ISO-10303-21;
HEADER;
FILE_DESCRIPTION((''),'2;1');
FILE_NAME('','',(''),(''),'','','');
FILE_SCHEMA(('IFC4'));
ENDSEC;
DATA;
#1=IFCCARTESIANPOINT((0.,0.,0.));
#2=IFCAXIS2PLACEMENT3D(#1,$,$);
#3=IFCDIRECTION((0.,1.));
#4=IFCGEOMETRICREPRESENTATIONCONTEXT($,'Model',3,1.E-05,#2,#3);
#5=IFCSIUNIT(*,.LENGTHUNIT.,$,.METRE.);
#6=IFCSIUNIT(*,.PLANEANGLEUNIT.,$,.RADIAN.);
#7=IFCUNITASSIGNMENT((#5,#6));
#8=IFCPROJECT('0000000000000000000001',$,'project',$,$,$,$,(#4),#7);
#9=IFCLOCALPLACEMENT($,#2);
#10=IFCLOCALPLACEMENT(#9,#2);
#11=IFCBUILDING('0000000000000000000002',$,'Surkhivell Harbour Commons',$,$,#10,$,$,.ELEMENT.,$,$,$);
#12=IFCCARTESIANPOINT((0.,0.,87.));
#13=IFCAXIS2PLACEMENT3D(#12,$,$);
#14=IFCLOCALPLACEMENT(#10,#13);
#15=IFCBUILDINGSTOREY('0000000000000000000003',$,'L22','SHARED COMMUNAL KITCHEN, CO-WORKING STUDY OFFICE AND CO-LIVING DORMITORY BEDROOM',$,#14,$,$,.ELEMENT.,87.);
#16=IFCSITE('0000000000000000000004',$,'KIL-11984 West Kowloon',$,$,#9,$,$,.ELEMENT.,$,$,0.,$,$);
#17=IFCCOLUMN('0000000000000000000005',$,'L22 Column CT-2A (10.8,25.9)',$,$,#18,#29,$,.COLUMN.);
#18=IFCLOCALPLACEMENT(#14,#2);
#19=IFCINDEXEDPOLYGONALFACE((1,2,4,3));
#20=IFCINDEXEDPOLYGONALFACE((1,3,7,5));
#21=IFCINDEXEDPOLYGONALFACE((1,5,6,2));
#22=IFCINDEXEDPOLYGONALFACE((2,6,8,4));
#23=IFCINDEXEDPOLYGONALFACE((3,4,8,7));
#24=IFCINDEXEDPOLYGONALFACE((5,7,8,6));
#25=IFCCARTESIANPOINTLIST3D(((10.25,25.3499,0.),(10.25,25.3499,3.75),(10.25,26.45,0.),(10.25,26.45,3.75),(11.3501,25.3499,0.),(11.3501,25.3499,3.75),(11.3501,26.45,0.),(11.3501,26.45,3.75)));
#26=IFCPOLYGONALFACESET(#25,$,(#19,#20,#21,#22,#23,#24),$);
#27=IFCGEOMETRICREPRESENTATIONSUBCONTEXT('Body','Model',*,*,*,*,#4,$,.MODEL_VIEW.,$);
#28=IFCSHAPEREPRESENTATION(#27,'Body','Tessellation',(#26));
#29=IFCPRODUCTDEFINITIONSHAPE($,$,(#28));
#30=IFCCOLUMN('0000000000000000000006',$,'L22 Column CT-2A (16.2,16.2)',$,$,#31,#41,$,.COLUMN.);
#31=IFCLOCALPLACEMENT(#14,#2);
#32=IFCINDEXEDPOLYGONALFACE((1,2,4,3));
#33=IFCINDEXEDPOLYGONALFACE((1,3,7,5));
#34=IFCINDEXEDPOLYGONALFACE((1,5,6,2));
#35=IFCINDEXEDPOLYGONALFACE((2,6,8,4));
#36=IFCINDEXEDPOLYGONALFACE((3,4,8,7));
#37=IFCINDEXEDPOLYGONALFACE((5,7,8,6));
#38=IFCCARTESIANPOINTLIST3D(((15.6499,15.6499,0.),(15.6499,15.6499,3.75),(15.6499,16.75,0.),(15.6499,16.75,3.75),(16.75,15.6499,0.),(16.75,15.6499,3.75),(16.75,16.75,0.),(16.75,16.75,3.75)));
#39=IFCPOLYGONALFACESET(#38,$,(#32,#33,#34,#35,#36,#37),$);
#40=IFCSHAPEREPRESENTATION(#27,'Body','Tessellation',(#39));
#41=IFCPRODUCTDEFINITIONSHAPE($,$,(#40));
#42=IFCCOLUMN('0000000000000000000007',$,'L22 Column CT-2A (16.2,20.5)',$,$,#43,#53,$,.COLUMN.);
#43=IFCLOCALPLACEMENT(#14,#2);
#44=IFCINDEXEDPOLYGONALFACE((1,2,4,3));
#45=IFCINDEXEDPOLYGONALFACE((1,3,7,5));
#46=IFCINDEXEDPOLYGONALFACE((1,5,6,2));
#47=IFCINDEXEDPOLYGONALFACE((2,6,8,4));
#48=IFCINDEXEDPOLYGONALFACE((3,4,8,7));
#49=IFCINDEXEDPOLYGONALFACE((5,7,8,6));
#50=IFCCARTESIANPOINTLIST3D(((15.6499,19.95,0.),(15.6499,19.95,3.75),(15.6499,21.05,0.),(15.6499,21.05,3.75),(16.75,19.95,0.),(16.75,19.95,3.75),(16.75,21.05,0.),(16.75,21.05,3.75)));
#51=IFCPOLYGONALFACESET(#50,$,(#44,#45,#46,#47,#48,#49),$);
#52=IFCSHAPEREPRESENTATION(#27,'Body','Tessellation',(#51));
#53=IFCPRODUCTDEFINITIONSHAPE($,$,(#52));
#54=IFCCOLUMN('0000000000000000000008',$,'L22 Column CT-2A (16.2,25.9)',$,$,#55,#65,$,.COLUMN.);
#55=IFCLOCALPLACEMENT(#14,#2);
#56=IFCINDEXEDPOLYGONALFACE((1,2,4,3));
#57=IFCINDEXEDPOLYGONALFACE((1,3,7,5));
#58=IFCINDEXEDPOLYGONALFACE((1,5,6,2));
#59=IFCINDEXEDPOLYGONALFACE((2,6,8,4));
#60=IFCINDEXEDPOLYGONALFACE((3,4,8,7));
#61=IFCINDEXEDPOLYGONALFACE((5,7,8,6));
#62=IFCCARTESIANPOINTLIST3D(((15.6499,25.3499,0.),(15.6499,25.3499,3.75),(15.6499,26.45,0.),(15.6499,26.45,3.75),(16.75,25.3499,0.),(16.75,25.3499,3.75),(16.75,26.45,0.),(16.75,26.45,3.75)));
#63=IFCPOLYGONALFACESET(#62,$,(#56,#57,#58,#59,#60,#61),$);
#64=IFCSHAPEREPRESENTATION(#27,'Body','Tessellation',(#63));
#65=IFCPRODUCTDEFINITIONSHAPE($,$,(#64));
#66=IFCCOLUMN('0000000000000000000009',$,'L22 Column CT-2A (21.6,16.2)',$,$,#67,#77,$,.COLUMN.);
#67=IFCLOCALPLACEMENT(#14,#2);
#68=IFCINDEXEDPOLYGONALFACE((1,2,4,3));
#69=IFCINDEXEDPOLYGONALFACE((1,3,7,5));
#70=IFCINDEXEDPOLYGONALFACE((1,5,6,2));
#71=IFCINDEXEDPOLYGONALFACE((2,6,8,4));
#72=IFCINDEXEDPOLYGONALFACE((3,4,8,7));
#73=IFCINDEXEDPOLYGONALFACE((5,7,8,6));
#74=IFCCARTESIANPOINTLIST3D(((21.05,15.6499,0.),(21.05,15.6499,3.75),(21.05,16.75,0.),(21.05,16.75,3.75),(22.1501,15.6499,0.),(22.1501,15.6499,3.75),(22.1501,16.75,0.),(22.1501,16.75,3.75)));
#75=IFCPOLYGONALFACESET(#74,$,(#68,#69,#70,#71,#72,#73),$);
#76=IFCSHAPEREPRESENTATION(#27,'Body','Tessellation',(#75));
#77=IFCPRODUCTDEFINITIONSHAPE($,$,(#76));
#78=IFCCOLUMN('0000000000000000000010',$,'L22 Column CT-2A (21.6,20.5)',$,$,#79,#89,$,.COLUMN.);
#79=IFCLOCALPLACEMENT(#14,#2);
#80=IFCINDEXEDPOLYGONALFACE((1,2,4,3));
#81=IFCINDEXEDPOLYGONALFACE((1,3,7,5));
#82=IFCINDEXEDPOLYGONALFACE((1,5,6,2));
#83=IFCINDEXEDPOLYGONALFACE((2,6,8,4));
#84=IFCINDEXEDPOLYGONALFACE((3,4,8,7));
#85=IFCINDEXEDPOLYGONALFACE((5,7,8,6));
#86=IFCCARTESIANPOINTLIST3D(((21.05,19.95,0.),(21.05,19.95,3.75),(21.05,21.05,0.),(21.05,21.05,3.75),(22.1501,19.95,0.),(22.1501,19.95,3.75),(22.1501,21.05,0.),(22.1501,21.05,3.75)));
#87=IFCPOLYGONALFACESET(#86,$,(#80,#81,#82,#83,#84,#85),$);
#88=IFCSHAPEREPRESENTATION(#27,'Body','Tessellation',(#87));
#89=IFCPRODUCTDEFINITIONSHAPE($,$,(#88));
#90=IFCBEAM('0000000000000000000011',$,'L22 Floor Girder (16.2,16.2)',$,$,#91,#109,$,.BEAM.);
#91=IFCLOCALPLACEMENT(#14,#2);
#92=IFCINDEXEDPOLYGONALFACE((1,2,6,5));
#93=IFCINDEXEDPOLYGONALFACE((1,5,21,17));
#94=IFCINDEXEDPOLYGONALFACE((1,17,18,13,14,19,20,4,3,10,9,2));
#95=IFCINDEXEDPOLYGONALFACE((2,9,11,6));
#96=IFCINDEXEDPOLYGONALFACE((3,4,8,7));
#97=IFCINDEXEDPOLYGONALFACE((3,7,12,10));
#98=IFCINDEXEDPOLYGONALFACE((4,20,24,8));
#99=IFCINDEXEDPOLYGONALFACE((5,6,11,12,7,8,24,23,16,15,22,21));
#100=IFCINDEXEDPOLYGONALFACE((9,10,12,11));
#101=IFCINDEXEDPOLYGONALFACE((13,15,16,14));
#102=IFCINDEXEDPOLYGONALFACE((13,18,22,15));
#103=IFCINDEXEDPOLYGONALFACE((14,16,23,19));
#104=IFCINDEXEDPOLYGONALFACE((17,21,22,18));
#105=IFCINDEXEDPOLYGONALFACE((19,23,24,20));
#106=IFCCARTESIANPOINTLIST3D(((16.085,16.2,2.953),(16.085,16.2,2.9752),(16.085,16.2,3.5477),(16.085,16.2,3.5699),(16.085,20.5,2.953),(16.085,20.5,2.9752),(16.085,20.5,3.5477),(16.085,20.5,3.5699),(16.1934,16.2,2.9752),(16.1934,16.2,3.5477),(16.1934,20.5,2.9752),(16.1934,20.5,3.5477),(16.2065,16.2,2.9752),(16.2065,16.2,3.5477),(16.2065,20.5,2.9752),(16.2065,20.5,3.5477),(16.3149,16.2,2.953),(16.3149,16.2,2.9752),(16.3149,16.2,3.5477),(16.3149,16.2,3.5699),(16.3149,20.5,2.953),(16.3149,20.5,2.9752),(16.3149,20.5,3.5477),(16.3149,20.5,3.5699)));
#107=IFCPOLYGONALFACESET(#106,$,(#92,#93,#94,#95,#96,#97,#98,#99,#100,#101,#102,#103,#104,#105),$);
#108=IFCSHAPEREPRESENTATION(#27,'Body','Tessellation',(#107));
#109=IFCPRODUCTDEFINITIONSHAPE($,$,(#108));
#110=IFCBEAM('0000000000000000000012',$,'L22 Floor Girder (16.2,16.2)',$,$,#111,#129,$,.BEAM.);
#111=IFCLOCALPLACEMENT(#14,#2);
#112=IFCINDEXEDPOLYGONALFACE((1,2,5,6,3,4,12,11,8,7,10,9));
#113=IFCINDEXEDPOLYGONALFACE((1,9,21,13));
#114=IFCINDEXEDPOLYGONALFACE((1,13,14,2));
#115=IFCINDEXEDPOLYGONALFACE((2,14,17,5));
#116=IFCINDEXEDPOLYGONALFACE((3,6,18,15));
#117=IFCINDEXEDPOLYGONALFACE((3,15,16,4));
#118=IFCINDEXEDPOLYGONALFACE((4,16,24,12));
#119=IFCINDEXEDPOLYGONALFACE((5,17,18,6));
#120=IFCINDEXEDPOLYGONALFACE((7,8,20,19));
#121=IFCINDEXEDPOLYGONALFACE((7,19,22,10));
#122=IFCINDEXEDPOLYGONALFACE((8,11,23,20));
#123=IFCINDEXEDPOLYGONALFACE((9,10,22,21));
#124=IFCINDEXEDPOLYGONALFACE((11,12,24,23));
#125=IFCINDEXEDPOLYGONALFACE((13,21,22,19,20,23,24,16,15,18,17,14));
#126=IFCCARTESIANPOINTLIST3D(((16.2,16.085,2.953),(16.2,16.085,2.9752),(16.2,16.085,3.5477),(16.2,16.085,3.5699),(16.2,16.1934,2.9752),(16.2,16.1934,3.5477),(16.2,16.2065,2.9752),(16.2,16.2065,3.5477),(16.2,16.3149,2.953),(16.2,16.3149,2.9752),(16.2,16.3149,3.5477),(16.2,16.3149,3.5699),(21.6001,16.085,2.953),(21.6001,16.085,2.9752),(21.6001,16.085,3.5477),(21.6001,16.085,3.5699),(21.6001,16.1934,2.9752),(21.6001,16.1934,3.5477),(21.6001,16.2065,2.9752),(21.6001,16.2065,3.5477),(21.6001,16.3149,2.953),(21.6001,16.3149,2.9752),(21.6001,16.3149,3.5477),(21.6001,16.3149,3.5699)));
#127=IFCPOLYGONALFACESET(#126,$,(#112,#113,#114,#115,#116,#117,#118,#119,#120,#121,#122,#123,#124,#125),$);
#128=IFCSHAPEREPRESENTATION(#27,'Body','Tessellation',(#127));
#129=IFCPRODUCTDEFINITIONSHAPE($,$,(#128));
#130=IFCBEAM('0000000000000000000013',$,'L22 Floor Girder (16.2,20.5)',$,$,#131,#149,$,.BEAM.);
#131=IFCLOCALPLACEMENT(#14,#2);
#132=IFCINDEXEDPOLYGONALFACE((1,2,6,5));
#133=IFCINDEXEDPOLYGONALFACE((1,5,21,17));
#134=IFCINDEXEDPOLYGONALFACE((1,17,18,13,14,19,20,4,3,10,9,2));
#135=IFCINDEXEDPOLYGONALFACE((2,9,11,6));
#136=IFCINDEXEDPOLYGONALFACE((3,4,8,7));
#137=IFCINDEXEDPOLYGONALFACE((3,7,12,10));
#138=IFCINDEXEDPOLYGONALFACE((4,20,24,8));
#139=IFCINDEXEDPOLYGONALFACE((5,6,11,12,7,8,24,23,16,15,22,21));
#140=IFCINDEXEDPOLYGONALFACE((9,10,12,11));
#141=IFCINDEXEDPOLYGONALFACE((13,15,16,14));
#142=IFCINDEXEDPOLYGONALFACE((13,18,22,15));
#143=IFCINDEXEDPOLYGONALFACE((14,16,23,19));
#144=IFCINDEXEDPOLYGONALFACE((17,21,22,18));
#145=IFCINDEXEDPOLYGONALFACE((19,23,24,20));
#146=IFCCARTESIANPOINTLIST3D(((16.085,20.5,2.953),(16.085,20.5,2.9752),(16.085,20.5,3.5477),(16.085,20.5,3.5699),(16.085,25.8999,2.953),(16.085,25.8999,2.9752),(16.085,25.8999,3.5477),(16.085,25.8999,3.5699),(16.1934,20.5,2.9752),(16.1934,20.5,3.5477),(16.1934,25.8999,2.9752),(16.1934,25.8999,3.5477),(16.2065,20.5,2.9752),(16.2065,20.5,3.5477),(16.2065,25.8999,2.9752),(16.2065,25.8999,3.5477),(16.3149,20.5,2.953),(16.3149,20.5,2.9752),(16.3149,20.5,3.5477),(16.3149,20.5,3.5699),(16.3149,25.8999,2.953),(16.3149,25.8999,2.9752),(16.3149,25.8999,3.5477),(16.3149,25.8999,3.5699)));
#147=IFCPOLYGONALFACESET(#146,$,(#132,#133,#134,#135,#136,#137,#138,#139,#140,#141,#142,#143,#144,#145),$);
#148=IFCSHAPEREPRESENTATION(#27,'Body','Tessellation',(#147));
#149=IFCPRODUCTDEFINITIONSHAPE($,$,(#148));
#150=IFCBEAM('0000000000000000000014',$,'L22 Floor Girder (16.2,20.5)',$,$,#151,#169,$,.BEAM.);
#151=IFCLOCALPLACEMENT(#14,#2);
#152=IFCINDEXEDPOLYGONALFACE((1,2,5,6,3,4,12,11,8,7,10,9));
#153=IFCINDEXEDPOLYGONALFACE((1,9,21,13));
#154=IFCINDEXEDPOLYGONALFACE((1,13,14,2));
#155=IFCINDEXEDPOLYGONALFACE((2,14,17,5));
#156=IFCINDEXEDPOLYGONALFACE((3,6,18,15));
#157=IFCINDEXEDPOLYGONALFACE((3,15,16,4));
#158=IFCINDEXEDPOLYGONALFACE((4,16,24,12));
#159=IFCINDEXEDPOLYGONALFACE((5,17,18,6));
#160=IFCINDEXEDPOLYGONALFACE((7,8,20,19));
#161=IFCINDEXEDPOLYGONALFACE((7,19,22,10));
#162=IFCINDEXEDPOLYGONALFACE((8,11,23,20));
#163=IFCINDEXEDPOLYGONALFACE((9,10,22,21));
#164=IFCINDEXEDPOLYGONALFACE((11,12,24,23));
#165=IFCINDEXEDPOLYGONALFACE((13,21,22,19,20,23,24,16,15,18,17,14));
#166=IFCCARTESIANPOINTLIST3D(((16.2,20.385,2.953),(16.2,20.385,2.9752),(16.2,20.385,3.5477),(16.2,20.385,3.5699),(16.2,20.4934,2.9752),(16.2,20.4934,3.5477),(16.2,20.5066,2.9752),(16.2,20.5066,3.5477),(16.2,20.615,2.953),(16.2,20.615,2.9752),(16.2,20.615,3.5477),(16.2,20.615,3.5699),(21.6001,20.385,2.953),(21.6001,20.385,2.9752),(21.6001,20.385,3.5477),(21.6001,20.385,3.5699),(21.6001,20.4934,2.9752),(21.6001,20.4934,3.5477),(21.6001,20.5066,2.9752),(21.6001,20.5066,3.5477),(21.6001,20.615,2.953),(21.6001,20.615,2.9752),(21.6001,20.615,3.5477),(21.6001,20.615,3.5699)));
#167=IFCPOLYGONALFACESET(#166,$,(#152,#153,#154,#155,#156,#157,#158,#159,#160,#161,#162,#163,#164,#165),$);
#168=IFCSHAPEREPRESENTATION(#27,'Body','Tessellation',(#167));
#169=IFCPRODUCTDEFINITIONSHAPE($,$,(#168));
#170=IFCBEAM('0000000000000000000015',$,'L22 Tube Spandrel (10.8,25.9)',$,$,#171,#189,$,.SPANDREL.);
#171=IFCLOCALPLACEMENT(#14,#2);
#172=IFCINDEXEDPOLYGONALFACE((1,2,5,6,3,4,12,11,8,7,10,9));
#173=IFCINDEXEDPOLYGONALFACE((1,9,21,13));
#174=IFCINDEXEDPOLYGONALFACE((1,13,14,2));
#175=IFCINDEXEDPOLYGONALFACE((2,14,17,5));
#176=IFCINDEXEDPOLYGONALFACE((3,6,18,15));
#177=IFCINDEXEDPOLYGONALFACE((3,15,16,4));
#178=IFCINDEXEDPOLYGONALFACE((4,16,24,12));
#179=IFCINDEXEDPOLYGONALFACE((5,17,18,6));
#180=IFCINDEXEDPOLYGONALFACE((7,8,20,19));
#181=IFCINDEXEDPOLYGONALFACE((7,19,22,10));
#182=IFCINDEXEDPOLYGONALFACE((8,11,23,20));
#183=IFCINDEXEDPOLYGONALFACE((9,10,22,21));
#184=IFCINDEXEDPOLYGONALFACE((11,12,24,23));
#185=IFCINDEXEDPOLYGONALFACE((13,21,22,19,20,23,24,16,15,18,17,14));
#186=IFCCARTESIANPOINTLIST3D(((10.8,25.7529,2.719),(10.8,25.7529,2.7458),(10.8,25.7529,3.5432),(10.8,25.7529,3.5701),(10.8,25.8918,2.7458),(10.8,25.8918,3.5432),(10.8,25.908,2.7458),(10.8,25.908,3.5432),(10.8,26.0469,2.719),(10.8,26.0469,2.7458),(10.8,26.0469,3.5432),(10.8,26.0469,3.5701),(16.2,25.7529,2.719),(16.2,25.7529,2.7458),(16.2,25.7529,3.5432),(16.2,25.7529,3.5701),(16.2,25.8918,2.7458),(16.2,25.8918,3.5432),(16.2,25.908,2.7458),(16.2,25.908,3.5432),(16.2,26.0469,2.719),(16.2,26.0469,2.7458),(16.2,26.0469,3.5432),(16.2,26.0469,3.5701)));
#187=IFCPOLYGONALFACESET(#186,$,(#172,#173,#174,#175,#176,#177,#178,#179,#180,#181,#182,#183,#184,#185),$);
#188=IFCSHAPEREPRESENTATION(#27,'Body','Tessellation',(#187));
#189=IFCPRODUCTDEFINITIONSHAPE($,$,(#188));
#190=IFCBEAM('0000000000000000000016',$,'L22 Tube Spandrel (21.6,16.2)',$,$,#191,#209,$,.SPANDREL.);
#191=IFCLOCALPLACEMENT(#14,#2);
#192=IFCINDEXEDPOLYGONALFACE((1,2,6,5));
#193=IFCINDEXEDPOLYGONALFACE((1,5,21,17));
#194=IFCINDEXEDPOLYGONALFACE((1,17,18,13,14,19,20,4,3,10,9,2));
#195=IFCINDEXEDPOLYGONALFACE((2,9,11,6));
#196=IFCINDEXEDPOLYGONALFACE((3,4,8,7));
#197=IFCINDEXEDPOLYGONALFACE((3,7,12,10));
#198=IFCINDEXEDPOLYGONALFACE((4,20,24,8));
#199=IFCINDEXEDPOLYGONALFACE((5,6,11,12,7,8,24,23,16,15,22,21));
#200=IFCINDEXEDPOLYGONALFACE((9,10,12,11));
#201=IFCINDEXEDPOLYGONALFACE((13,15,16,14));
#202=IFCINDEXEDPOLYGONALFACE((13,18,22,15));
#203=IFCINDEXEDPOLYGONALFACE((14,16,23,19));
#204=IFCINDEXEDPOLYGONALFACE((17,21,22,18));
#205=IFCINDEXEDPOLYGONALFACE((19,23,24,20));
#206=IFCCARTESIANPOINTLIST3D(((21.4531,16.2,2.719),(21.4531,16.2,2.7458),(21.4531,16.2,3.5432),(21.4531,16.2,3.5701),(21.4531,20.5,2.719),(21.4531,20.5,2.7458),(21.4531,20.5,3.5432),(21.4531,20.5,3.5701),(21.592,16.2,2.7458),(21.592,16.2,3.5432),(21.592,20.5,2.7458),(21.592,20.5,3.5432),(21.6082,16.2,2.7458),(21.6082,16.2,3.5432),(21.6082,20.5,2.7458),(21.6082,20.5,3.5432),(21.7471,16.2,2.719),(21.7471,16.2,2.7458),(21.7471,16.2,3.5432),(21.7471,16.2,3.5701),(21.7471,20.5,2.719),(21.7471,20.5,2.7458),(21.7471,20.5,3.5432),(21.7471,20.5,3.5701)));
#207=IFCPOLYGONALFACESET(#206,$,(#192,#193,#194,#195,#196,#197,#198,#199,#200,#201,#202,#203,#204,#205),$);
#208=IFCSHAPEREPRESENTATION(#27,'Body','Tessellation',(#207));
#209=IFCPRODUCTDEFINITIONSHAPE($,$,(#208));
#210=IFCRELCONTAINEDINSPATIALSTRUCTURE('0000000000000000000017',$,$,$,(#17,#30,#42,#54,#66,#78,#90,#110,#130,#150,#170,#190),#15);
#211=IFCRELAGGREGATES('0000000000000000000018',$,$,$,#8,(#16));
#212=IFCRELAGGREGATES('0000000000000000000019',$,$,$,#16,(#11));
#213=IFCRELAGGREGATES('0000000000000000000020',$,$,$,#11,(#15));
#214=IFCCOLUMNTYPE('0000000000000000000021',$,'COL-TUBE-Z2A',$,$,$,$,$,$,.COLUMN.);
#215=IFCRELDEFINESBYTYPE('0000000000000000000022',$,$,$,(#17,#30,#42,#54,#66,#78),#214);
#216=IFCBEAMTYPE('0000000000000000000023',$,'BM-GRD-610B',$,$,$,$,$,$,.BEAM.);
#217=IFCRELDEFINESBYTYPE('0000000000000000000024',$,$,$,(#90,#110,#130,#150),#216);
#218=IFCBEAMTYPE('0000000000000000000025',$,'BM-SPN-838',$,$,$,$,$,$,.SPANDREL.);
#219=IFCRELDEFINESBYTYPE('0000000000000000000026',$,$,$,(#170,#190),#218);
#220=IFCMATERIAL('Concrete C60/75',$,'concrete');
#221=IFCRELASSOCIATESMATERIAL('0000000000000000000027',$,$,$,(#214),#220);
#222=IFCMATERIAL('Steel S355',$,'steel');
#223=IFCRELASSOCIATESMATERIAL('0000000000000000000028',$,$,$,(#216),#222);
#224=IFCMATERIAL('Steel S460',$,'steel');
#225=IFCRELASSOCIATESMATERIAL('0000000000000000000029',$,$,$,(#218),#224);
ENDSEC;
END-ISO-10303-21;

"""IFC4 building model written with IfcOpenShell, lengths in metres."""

from ifc_helpers import new_model, si_unit, direction, frame, origin, origin_2d, place, context, subcontext, project, spatial, rectangle, i_section, extrude, material, material_profile, profile_set, type_object, element, save


model = new_model("IFC4")

# Units and contexts
model_context = context("Model", 3, precision=1e-05, world=origin(), true_north=direction((0.0, 1.0)))
body_context = subcontext(model_context, "Body", "Model", "MODEL_VIEW")
ifc_project = project(units=[si_unit("LENGTHUNIT", "METRE"), si_unit("PLANEANGLEUNIT", "RADIAN")], contexts=[model_context])

# Site, building, storey
site_placement = place(None, origin())
site = spatial("IfcSite", under=ifc_project, at=site_placement, Name="KIL-11984 West Kowloon", CompositionType="ELEMENT", RefElevation=0.0)
building_placement = place(site_placement, origin())
building = spatial("IfcBuilding", under=site, at=building_placement, Name="Surkhivell Harbour Commons", CompositionType="ELEMENT")
storey_placement = place(building_placement, frame((0.0, 0.0, 87.0)))
storey = spatial("IfcBuildingStorey", under=building, at=storey_placement, Name="L22", Description="SHARED COMMUNAL KITCHEN, CO-WORKING STUDY OFFICE AND CO-LIVING DORMITORY BEDROOM", CompositionType="ELEMENT", Elevation=87.0)

# Columns
ifc_material_1 = material(Name="Concrete C60/75", Category="concrete")
ifc_material_profile_1 = material_profile(ifc_material_1, rectangle(XDim=1.1001, YDim=1.1001, at=origin_2d()), Name="RC-COL-1100x1100")
ifc_profile_set_1 = profile_set([ifc_material_profile_1], Name="Concrete C60/75")
column_type = type_object("IfcColumnType", Name="COL-TUBE-Z2A", PredefinedType="COLUMN", material=ifc_profile_set_1)
for number, where, z_axis, x_axis, name in (
    (1, (10.8, 25.8999, 0.0), (0.0, 0.0, 1.0), (1.0, 0.0, 0.0), "L22 Column CT-2A (10.8,25.9)"),
    (2, (16.2, 16.2, 0.0), (0.0, 0.0, 1.0), (1.0, 0.0, 0.0), "L22 Column CT-2A (16.2,16.2)"),
    (3, (16.2, 20.5, 0.0), (0.0, 0.0, 1.0), (1.0, 0.0, 0.0), "L22 Column CT-2A (16.2,20.5)"),
    (4, (16.2, 25.8999, 0.0), (0.0, 0.0, 1.0), (1.0, 0.0, 0.0), "L22 Column CT-2A (16.2,25.9)"),
    (5, (21.6001, 16.2, 0.0), (0.0, 0.0, 1.0), (1.0, 0.0, 0.0), "L22 Column CT-2A (21.6,16.2)"),
    (6, (21.6001, 20.5, 0.0), (0.0, 0.0, 1.0), (1.0, 0.0, 0.0), "L22 Column CT-2A (21.6,20.5)"),
):
    element("IfcColumn", number, at=place(storey_placement, frame(where, z_axis=z_axis, x_axis=x_axis)), inside=storey, type_object=column_type, Name=name, PredefinedType="COLUMN", context=body_context, shape_type="SweptSolid", body=[
        extrude(rectangle(XDim=1.1001, YDim=1.1001, at=origin_2d()), origin(), (0.0, 0.0, 1.0), 3.75),
    ])

# Beams
ifc_material_2 = material(Name="Steel S355", Category="steel")
ifc_material_profile_2 = material_profile(ifc_material_2, i_section(OverallWidth=0.23, OverallDepth=0.6169, WebThickness=0.0132, FlangeThickness=0.0222, at=origin_2d()), Name="UB610x229x140")
ifc_profile_set_2 = profile_set([ifc_material_profile_2], Name="Steel S355")
beam_type_1 = type_object("IfcBeamType", Name="BM-GRD-610B", PredefinedType="BEAM", material=ifc_profile_set_2)
beam_1_placement = place(storey_placement, frame((16.2, 16.2, 3.2615), z_axis=(0.0, 1.0, 0.0), x_axis=(-1.0, 0.0, 0.0)))
element("IfcBeam", 7, at=beam_1_placement, inside=storey, type_object=beam_type_1, Name="L22 Floor Girder (16.2,16.2)", PredefinedType="BEAM", context=body_context, shape_type="SweptSolid", body=[
    extrude(i_section(OverallWidth=0.23, OverallDepth=0.6169, WebThickness=0.0132, FlangeThickness=0.0222, at=origin_2d()), origin(), (0.0, 0.0, 1.0), 4.3),
])
beam_2_placement = place(storey_placement, frame((16.2, 16.2, 3.2615), z_axis=(1.0, 0.0, 0.0), x_axis=(0.0, 1.0, 0.0)))
element("IfcBeam", 8, at=beam_2_placement, inside=storey, type_object=beam_type_1, Name="L22 Floor Girder (16.2,16.2)", PredefinedType="BEAM", context=body_context, shape_type="SweptSolid", body=[
    extrude(i_section(OverallWidth=0.23, OverallDepth=0.6169, WebThickness=0.0132, FlangeThickness=0.0222, at=origin_2d()), origin(), (0.0, 0.0, 1.0), 5.4001),
])
beam_3_placement = place(storey_placement, frame((16.2, 20.5, 3.2615), z_axis=(0.0, 1.0, 0.0), x_axis=(-1.0, 0.0, 0.0)))
element("IfcBeam", 9, at=beam_3_placement, inside=storey, type_object=beam_type_1, Name="L22 Floor Girder (16.2,20.5)", PredefinedType="BEAM", context=body_context, shape_type="SweptSolid", body=[
    extrude(i_section(OverallWidth=0.23, OverallDepth=0.6169, WebThickness=0.0132, FlangeThickness=0.0222, at=origin_2d()), origin(), (0.0, 0.0, 1.0), 5.3999),
])
beam_4_placement = place(storey_placement, frame((16.2, 20.5, 3.2615), z_axis=(1.0, 0.0, 0.0), x_axis=(0.0, 1.0, 0.0)))
element("IfcBeam", 10, at=beam_4_placement, inside=storey, type_object=beam_type_1, Name="L22 Floor Girder (16.2,20.5)", PredefinedType="BEAM", context=body_context, shape_type="SweptSolid", body=[
    extrude(i_section(OverallWidth=0.23, OverallDepth=0.6169, WebThickness=0.0132, FlangeThickness=0.0222, at=origin_2d()), origin(), (0.0, 0.0, 1.0), 5.4001),
])
ifc_material_3 = material(Name="Steel S460", Category="steel")
ifc_material_profile_3 = material_profile(ifc_material_3, i_section(OverallWidth=0.2939, OverallDepth=0.8511, WebThickness=0.0161, FlangeThickness=0.0269, at=origin_2d()), Name="UB838x292x226")
ifc_profile_set_3 = profile_set([ifc_material_profile_3], Name="Steel S460")
beam_type_2 = type_object("IfcBeamType", Name="BM-SPN-838", PredefinedType="SPANDREL", material=ifc_profile_set_3)
beam_5_placement = place(storey_placement, frame((10.8, 25.8999, 3.1445), z_axis=(1.0, 0.0, 0.0), x_axis=(0.0, 1.0, 0.0)))
element("IfcBeam", 11, at=beam_5_placement, inside=storey, type_object=beam_type_2, Name="L22 Tube Spandrel (10.8,25.9)", PredefinedType="SPANDREL", context=body_context, shape_type="SweptSolid", body=[
    extrude(i_section(OverallWidth=0.2939, OverallDepth=0.8511, WebThickness=0.0161, FlangeThickness=0.0269, at=origin_2d()), origin(), (0.0, 0.0, 1.0), 5.3999),
])
beam_6_placement = place(storey_placement, frame((21.6001, 16.2, 3.1445), z_axis=(0.0, 1.0, 0.0), x_axis=(-1.0, 0.0, 0.0)))
element("IfcBeam", 12, at=beam_6_placement, inside=storey, type_object=beam_type_2, Name="L22 Tube Spandrel (21.6,16.2)", PredefinedType="SPANDREL", context=body_context, shape_type="SweptSolid", body=[
    extrude(i_section(OverallWidth=0.2939, OverallDepth=0.8511, WebThickness=0.0161, FlangeThickness=0.0269, at=origin_2d()), origin(), (0.0, 0.0, 1.0), 4.3),
])

save(model, "model.ifc")
